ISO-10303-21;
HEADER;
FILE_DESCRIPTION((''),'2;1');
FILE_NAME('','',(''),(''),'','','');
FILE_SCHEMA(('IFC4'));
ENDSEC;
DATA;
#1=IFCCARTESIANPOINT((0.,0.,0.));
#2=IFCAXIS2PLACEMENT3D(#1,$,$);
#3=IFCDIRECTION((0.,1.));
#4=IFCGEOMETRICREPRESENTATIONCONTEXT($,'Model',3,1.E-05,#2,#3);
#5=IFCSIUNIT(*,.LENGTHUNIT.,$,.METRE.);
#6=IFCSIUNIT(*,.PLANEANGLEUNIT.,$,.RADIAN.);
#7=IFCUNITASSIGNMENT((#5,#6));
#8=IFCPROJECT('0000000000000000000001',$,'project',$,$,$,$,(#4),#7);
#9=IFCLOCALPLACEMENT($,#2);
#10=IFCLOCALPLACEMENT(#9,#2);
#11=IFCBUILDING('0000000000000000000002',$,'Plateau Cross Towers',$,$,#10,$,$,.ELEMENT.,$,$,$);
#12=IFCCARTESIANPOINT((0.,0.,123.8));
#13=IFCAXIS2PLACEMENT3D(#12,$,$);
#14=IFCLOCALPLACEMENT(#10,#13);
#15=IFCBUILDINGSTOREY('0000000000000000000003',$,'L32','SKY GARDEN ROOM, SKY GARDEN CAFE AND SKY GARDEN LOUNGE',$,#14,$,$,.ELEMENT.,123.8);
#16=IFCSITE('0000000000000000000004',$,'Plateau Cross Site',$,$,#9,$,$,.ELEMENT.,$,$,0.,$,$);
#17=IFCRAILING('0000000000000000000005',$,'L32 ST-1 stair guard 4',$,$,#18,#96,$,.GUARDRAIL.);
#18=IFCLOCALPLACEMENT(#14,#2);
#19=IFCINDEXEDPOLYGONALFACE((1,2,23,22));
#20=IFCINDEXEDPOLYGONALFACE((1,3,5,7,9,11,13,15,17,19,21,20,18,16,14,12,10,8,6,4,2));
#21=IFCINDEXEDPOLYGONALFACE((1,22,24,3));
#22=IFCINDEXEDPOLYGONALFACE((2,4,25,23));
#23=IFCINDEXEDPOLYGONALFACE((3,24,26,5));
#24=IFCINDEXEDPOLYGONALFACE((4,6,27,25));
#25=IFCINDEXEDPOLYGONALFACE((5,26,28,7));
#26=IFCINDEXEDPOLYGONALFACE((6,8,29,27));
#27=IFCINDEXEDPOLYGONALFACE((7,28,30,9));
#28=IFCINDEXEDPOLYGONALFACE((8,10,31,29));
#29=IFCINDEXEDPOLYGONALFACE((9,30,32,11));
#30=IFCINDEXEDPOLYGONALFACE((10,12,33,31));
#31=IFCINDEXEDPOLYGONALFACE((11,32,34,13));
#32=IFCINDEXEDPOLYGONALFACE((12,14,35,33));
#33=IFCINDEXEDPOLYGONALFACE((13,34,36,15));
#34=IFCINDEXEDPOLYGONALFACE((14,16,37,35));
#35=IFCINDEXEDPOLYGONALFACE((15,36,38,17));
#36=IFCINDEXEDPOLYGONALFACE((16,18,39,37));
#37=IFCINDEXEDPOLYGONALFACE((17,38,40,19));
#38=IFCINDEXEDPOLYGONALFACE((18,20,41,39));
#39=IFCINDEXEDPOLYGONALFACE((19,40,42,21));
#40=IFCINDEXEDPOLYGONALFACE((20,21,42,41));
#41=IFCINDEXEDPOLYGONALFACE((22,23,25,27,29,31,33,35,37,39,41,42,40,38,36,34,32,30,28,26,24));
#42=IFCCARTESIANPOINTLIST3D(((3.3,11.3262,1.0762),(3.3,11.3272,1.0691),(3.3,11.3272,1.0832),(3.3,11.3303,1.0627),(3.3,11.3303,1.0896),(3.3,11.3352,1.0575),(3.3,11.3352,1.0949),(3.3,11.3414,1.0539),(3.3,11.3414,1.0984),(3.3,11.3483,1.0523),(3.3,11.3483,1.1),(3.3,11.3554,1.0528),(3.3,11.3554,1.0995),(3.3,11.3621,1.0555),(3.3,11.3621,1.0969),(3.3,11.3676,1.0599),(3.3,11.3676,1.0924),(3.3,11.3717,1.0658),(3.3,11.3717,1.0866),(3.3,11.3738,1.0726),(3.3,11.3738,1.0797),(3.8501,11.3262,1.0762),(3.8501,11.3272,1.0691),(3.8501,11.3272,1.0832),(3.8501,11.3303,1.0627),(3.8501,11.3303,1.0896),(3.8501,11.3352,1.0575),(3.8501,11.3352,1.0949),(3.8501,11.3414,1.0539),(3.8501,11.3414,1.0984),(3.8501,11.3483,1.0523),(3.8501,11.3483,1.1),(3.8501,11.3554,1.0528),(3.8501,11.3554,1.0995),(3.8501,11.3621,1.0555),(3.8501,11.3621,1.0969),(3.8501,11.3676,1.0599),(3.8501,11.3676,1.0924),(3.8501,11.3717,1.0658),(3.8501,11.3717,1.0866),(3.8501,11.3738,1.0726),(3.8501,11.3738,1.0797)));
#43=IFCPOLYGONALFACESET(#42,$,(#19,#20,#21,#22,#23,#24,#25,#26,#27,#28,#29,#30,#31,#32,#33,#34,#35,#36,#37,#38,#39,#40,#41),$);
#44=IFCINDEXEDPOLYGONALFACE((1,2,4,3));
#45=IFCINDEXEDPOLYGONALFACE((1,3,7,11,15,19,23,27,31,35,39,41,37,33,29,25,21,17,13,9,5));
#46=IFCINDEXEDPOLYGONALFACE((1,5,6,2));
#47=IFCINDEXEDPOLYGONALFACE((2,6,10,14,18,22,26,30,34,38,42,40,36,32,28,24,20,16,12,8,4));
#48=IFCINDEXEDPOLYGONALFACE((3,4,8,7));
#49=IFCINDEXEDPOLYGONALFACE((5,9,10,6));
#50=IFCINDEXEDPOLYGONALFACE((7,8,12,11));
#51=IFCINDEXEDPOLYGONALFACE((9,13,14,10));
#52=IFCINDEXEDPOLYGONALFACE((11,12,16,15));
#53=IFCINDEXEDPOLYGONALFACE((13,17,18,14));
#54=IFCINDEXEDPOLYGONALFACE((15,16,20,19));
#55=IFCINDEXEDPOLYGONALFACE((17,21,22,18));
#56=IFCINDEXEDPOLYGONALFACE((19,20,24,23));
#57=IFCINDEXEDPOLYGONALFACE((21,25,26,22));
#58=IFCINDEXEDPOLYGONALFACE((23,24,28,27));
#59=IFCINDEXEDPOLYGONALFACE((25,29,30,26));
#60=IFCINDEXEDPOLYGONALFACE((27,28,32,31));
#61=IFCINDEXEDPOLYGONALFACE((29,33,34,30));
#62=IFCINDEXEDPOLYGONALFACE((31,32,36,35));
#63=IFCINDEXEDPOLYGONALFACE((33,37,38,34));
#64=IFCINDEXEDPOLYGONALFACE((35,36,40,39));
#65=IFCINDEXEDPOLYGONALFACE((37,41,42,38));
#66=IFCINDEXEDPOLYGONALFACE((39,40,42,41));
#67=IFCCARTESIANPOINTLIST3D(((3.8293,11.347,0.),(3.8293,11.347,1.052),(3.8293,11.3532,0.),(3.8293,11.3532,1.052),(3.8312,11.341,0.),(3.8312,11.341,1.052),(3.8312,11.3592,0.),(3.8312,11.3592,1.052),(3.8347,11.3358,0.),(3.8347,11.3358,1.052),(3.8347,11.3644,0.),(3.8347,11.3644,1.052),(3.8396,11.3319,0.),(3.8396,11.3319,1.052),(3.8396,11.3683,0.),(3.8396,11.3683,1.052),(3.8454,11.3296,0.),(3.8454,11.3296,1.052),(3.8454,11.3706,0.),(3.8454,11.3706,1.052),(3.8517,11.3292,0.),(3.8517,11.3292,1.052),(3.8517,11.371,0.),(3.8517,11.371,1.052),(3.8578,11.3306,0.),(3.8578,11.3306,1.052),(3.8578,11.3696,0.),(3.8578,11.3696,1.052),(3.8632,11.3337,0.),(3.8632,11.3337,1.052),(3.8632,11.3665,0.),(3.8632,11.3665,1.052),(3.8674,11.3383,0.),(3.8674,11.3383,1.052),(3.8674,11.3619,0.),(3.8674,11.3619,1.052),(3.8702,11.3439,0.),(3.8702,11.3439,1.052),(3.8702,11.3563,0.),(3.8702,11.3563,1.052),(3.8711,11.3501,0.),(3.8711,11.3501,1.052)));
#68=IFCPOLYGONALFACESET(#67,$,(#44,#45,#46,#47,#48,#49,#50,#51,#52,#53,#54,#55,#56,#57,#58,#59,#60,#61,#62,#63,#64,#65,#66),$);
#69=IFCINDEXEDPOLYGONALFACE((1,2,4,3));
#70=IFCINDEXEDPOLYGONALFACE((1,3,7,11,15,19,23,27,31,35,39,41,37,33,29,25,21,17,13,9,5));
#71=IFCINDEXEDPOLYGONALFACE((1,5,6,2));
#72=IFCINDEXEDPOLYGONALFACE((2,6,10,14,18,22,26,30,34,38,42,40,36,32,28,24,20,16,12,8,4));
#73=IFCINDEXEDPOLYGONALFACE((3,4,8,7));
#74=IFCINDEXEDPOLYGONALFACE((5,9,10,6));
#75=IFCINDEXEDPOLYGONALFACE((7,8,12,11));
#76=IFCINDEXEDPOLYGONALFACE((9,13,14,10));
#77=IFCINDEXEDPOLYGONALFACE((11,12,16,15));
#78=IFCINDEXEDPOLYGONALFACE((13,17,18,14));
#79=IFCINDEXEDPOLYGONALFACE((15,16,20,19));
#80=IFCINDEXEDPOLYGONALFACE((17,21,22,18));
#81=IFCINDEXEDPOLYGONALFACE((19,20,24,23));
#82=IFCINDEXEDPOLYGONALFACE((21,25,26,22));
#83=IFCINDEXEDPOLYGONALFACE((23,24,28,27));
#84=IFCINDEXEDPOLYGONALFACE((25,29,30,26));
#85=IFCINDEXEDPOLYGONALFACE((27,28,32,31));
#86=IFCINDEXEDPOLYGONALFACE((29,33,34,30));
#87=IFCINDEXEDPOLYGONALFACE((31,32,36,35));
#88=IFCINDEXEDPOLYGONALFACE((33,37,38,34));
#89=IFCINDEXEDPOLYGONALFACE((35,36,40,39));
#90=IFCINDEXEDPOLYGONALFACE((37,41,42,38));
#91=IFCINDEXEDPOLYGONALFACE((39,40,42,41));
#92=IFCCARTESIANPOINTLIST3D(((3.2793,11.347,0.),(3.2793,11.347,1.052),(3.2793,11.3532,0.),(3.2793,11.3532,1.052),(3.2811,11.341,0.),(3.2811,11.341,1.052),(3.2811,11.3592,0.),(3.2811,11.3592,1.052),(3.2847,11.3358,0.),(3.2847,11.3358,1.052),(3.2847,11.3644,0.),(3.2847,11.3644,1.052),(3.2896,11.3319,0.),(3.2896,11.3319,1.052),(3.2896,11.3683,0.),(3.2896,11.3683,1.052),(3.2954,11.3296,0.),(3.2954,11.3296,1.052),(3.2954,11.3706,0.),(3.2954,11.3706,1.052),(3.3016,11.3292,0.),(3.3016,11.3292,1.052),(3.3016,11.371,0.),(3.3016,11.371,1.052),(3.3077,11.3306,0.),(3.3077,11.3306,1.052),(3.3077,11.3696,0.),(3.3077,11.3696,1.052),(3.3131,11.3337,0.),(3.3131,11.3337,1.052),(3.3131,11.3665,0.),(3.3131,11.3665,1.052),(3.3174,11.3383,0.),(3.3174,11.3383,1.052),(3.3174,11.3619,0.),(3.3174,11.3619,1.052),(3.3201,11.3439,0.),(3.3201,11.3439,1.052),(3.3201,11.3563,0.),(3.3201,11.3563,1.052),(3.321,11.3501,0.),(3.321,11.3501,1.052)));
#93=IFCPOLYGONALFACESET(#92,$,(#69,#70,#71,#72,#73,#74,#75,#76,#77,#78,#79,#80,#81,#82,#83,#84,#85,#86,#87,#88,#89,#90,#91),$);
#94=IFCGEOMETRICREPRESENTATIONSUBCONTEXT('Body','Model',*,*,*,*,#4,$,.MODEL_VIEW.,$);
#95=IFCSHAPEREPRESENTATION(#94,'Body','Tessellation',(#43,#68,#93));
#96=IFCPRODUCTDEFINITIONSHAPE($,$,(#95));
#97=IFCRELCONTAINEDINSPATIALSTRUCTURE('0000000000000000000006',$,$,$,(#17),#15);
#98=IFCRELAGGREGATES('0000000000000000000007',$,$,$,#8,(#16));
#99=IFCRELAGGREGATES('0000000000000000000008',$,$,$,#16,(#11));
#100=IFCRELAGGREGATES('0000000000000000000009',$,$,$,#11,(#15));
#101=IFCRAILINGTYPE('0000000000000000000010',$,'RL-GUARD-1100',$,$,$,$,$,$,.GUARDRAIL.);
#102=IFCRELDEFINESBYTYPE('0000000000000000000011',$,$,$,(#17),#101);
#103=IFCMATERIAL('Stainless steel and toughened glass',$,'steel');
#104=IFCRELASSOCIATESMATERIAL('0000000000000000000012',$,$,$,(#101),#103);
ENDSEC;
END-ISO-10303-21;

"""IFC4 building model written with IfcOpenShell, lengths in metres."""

from ifc_helpers import new_model, si_unit, direction, frame, origin, origin_2d, place, context, subcontext, project, spatial, circle, extrude, material, type_object, element, save


model = new_model("IFC4")

# Units and contexts
model_context = context("Model", 3, precision=1e-05, world=origin(), true_north=direction((0.0, 1.0)))
body_context = subcontext(model_context, "Body", "Model", "MODEL_VIEW")
ifc_project = project(units=[si_unit("LENGTHUNIT", "METRE"), si_unit("PLANEANGLEUNIT", "RADIAN")], contexts=[model_context])

# Site, building, storey
site_placement = place(None, origin())
site = spatial("IfcSite", under=ifc_project, at=site_placement, Name="Plateau Cross Site", CompositionType="ELEMENT", RefElevation=0.0)
building_placement = place(site_placement, origin())
building = spatial("IfcBuilding", under=site, at=building_placement, Name="Plateau Cross Towers", CompositionType="ELEMENT")
storey_placement = place(building_placement, frame((0.0, 0.0, 123.8)))
storey = spatial("IfcBuildingStorey", under=building, at=storey_placement, Name="L32", Description="SKY GARDEN ROOM, SKY GARDEN CAFE AND SKY GARDEN LOUNGE", CompositionType="ELEMENT", Elevation=123.8)

# Railing
ifc_material_1 = material(Name="Stainless steel and toughened glass", Category="steel")
railing_type_1 = type_object("IfcRailingType", Name="RL-GUARD-1100", PredefinedType="GUARDRAIL", material=ifc_material_1)
railing_1_placement = place(storey_placement, frame((3.8501, 11.3501, 0.0)))
element("IfcRailing", 1, at=railing_1_placement, inside=storey, type_object=railing_type_1, Name="L32 ST-1 stair guard 4", PredefinedType="GUARDRAIL", context=body_context, shape_type="SweptSolid", body=[
    extrude(circle(Radius=0.0239, at=origin_2d()), frame((0.0, 0.0, 1.0762), z_axis=(-1.0, 0.0, 0.0), x_axis=(0.0, -1.0, 0.0)), (0.0, 0.0, 1.0), 0.55),
    extrude(circle(Radius=0.021, at=origin_2d()), origin(), (0.0, 0.0, 1.0), 1.052),
    extrude(circle(Radius=0.021, at=origin_2d()), frame((-0.55, 0.0, 0.0)), (0.0, 0.0, 1.0), 1.052),
])

save(model, "model.ifc")
